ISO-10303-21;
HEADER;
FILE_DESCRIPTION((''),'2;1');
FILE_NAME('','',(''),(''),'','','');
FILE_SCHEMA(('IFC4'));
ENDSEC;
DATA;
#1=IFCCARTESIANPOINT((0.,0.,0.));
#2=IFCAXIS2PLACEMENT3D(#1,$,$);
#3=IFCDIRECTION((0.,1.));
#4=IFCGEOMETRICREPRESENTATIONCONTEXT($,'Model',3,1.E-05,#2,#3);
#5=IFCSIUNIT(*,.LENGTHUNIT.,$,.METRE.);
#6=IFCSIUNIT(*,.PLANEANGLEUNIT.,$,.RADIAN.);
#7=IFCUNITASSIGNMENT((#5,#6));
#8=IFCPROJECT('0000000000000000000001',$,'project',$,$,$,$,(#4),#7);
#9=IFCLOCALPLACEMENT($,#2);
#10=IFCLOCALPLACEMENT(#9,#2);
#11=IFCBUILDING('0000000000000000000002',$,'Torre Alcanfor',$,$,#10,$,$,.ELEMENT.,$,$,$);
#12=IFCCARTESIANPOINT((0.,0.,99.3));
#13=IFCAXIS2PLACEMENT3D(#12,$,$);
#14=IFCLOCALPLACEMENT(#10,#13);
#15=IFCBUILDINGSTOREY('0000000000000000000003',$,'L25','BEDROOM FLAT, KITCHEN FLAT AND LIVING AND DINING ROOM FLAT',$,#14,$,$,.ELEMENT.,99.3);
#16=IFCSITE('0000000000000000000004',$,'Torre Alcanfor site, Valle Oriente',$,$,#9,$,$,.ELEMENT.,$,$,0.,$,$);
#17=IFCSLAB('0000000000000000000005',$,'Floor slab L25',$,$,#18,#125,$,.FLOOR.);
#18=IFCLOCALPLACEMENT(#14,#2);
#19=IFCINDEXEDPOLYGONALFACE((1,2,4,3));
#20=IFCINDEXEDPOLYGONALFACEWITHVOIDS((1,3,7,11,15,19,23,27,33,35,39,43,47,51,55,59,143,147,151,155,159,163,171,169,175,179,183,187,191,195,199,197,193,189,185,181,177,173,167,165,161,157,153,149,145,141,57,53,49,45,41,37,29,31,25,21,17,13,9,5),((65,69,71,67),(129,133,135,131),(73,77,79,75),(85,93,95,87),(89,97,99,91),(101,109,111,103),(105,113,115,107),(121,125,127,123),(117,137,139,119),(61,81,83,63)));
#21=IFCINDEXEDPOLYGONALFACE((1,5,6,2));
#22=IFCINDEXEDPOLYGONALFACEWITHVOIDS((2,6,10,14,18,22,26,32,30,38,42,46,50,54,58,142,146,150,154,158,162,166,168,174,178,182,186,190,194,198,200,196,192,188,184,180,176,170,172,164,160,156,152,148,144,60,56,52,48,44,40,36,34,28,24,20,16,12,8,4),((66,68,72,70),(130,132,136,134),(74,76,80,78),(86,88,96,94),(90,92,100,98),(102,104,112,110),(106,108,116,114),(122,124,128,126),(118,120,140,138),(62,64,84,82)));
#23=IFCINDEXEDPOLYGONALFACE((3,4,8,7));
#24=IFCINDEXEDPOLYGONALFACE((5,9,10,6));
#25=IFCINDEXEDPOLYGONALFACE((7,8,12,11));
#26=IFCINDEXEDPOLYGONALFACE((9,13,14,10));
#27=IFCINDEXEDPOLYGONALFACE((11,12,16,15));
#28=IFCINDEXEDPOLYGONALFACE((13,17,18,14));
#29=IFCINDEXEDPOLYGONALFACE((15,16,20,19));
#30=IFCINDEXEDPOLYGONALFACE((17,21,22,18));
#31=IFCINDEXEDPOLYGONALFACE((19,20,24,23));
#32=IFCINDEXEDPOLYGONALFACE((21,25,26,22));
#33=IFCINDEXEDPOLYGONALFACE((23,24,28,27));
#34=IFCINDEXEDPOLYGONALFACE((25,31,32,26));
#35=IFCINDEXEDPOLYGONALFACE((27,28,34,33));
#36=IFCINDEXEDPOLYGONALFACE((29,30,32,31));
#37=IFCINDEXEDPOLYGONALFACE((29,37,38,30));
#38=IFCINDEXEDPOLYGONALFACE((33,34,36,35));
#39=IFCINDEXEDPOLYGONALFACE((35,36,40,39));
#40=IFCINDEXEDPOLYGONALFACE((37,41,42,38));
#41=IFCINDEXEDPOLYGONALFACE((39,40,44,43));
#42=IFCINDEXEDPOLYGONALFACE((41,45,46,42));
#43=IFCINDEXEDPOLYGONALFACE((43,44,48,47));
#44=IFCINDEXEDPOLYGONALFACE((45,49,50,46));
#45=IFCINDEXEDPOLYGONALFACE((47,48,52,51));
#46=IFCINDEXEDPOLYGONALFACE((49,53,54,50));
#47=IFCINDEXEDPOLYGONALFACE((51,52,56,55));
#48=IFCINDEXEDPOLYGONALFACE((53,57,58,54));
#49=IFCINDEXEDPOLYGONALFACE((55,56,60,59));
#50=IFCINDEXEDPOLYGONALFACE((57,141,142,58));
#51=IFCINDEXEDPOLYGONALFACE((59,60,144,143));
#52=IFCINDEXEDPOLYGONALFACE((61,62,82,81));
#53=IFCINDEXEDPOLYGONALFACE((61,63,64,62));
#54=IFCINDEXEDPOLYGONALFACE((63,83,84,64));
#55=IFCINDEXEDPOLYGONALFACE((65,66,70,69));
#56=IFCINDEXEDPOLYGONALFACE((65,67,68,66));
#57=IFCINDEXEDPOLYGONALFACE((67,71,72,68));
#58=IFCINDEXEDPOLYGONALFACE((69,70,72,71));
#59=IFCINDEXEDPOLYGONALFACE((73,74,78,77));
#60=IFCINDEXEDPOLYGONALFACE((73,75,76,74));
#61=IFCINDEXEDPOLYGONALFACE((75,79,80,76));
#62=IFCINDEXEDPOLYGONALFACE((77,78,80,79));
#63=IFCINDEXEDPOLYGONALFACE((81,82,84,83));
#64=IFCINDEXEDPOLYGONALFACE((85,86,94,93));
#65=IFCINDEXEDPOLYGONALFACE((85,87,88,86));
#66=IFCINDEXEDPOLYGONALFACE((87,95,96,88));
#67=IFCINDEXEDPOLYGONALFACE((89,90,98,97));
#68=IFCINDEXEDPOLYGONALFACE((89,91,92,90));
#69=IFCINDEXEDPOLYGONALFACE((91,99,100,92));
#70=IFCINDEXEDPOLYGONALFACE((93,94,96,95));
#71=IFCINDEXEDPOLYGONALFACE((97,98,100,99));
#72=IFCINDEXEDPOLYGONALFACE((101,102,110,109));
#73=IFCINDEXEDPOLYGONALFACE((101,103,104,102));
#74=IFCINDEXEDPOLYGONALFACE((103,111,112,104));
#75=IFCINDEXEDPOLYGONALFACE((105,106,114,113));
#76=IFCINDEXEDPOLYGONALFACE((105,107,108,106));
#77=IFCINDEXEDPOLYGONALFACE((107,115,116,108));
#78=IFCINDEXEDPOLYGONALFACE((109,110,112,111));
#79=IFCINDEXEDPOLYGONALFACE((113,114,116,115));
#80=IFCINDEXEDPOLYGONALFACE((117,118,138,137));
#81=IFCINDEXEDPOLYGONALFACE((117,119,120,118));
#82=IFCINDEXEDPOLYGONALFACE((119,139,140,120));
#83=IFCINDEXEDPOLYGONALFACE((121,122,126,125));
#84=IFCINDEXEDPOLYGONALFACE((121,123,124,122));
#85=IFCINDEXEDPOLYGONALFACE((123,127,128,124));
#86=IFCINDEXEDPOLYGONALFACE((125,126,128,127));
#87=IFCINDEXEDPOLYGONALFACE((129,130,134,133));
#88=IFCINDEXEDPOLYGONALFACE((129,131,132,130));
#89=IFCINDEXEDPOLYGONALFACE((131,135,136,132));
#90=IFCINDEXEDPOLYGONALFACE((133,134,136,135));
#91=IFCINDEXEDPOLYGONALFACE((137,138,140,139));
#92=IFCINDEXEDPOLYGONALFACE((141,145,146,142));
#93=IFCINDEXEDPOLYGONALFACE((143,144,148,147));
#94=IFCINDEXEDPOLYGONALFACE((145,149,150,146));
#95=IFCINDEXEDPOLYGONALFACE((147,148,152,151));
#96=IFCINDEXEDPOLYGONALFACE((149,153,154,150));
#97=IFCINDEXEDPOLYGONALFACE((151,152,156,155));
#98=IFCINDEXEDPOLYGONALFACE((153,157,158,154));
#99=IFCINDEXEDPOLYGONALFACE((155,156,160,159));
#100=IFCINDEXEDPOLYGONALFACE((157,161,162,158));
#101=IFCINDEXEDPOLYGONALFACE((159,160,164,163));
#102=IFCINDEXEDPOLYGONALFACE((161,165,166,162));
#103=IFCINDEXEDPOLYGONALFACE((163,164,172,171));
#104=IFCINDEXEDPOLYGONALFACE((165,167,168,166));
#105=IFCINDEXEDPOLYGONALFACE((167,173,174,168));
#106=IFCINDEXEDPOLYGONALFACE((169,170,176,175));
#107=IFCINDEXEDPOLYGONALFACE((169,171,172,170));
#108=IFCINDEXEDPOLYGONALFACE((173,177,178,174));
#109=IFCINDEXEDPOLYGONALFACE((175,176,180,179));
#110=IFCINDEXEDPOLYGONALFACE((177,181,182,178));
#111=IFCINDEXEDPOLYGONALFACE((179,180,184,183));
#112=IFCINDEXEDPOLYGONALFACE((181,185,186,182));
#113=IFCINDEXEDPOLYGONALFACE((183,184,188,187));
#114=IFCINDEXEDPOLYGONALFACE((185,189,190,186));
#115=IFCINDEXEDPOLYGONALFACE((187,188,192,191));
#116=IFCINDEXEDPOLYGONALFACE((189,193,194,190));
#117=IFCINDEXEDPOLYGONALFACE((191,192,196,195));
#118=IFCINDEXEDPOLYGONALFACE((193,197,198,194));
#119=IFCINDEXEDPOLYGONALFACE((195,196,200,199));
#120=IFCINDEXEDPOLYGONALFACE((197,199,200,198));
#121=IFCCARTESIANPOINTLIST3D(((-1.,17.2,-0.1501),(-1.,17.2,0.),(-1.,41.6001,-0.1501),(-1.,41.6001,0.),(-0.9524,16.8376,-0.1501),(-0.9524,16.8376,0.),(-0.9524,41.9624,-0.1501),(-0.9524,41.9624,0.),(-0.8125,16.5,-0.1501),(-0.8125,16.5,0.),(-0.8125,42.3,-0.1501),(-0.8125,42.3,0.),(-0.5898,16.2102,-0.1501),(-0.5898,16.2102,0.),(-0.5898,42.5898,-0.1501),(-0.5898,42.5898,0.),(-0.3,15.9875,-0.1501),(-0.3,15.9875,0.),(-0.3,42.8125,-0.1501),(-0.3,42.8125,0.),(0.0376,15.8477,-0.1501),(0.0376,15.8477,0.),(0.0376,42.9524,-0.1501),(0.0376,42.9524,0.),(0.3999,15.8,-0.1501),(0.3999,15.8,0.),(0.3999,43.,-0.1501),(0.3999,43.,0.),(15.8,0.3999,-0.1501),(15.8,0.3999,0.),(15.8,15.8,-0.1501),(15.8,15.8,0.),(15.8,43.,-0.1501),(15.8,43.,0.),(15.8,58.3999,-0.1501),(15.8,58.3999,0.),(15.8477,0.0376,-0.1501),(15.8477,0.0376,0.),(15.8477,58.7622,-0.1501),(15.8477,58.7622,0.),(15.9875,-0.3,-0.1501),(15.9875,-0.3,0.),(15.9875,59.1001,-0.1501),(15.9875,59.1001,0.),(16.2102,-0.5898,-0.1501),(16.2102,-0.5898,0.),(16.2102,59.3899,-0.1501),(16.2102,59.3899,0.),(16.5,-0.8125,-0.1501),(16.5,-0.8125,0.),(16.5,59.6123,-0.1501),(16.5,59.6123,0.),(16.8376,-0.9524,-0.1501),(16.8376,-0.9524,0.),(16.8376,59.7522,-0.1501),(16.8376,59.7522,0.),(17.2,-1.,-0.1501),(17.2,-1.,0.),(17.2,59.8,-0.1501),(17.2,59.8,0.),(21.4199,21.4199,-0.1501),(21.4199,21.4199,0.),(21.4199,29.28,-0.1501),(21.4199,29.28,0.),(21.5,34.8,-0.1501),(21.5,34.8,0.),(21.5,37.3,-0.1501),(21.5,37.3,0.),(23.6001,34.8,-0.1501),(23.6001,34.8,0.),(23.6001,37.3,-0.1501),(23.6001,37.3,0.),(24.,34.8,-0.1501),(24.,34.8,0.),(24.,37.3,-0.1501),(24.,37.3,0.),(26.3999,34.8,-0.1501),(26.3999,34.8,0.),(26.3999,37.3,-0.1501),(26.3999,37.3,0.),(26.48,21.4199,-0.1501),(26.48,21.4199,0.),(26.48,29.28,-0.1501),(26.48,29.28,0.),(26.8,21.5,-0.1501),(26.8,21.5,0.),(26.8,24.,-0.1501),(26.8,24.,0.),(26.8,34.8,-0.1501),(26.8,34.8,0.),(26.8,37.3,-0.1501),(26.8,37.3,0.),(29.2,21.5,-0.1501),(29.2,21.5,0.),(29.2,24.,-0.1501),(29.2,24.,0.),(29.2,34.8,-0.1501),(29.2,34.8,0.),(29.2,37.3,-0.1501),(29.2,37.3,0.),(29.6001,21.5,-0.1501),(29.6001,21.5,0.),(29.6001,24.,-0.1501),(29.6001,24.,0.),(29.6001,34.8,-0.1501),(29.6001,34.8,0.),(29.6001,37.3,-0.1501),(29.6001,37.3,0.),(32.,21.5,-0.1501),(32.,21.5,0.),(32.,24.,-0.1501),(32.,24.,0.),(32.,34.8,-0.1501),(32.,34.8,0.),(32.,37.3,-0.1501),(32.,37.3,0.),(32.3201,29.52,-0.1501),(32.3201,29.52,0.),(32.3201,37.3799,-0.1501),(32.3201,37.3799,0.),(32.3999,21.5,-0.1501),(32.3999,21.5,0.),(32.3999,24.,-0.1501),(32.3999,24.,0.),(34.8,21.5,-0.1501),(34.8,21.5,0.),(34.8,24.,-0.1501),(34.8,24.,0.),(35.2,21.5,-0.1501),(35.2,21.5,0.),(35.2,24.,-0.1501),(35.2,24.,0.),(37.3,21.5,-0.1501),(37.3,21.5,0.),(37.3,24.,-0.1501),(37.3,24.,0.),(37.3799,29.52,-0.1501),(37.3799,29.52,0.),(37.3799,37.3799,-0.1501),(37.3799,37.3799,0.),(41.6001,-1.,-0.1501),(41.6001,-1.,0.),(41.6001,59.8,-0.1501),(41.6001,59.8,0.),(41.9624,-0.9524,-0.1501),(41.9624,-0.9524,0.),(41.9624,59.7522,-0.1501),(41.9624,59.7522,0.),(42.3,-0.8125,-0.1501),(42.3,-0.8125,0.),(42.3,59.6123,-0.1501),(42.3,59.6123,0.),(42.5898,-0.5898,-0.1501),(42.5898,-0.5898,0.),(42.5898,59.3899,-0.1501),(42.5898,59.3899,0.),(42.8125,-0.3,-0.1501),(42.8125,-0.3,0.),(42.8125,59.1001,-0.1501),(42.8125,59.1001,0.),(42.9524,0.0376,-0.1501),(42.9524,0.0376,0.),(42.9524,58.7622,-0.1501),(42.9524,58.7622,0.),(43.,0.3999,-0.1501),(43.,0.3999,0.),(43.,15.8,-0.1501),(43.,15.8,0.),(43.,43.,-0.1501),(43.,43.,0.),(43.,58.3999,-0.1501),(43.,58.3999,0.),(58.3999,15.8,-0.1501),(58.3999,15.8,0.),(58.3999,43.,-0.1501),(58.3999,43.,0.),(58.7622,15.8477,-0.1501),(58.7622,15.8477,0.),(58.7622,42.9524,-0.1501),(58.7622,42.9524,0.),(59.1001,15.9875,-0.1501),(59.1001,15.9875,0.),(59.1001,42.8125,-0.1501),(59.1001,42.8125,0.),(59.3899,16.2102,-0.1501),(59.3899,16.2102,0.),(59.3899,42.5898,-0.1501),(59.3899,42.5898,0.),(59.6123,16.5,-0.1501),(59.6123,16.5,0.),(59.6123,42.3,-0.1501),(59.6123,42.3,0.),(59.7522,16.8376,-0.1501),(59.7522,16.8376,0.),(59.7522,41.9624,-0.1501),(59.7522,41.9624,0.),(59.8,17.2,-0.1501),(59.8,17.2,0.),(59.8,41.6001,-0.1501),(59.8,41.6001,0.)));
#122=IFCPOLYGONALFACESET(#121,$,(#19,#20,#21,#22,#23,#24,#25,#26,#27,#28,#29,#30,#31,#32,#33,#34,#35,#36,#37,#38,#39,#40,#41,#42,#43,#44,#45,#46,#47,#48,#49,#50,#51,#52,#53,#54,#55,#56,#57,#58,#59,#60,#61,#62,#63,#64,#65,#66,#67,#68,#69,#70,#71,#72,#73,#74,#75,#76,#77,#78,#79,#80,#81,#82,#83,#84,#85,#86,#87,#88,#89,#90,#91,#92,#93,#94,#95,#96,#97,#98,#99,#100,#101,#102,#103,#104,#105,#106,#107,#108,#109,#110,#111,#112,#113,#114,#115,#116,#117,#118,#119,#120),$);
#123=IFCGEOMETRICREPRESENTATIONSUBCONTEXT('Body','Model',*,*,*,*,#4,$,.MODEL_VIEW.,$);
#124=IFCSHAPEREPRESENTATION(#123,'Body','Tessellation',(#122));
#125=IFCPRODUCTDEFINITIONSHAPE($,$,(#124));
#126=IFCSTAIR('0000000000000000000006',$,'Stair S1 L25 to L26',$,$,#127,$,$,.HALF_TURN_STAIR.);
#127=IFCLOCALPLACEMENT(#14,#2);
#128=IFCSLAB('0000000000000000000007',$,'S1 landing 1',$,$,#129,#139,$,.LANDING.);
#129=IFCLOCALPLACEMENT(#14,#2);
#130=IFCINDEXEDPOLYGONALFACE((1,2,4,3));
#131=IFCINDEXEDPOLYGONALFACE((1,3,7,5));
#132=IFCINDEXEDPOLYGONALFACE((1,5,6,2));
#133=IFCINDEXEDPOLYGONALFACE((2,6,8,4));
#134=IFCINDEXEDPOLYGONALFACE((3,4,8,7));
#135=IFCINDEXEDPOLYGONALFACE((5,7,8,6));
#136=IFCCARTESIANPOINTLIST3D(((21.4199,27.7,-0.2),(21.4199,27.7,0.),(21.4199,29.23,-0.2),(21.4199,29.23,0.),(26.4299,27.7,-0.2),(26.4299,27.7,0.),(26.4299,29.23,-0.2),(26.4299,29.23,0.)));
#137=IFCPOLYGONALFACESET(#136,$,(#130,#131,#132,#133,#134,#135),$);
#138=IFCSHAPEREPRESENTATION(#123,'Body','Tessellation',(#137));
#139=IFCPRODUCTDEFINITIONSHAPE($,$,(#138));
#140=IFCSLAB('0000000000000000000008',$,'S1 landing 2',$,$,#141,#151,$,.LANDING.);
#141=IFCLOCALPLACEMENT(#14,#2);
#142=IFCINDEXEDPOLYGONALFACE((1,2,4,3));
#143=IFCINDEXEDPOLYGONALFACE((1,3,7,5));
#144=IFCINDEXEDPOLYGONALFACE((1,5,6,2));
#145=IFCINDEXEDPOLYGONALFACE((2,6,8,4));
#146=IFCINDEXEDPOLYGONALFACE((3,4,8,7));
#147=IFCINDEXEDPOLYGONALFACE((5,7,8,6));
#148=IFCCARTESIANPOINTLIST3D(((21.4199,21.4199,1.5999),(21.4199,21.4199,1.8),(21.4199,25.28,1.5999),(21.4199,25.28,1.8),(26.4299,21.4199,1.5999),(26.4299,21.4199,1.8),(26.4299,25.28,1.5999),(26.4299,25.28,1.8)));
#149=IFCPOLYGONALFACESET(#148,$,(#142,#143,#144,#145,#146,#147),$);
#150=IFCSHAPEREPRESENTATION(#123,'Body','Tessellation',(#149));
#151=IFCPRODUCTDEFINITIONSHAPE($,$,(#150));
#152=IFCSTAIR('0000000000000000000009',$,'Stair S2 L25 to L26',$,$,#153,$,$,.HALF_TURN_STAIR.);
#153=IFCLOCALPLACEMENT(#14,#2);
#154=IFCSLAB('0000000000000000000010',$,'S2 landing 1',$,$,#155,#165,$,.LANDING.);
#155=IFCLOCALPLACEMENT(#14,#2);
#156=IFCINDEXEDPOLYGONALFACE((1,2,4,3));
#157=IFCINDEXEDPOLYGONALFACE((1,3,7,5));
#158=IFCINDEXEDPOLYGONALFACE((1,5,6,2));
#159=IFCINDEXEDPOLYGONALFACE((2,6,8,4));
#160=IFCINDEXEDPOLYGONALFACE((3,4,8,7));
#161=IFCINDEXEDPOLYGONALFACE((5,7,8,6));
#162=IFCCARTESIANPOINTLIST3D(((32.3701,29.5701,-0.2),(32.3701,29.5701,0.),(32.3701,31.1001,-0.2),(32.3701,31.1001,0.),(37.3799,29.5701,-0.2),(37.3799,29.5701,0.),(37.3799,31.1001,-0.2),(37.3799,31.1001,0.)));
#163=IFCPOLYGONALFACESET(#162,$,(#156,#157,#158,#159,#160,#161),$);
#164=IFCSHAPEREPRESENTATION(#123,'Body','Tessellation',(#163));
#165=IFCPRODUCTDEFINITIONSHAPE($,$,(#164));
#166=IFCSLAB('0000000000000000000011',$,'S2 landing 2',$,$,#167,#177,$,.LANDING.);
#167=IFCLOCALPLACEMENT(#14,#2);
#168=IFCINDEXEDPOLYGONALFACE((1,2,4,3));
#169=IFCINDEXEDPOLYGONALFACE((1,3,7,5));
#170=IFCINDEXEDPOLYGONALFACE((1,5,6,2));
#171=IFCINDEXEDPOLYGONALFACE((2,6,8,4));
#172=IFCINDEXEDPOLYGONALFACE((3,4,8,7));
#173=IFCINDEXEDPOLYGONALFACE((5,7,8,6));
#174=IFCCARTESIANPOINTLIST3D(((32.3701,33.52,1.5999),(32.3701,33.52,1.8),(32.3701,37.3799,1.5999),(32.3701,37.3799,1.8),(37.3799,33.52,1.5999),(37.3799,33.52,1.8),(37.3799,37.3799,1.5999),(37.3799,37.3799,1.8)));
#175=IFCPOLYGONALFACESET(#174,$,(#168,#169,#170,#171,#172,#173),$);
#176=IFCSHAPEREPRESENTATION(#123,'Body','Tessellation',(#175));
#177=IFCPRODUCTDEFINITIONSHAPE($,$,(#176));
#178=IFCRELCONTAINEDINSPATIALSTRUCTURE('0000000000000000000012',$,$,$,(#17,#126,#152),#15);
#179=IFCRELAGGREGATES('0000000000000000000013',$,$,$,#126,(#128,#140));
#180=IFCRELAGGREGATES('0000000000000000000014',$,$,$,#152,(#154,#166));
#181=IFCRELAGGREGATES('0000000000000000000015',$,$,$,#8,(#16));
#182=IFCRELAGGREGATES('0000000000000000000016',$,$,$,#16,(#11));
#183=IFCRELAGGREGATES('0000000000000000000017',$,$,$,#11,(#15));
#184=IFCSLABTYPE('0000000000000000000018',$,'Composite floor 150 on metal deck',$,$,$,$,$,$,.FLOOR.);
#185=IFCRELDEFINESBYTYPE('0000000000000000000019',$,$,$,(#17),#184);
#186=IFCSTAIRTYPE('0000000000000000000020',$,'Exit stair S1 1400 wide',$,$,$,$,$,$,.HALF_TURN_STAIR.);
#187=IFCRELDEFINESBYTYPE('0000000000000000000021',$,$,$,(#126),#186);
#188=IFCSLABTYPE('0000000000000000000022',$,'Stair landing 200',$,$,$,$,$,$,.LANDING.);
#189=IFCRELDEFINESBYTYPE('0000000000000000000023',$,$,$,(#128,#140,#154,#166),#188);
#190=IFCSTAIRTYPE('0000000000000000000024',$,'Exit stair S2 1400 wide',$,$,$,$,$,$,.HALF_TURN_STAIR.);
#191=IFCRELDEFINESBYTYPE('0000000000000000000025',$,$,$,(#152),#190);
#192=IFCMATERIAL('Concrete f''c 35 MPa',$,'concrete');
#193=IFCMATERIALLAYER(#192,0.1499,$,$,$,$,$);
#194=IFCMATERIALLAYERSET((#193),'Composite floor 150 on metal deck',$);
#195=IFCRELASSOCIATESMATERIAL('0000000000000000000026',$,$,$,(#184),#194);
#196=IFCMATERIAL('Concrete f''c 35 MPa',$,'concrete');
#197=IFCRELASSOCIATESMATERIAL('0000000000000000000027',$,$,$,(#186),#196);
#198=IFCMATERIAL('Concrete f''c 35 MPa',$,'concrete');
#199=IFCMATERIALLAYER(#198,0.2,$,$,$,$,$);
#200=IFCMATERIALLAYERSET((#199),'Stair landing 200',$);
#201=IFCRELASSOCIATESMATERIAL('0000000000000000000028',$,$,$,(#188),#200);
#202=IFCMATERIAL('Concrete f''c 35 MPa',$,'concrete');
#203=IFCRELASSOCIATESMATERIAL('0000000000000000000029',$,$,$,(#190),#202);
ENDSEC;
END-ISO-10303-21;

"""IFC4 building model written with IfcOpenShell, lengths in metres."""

from ifc_helpers import new_model, si_unit, direction, frame, origin, place, context, subcontext, project, spatial, polyline, outline, extrude, material, layer, layer_set, type_object, element, aggregate, save


model = new_model("IFC4")

# Units and contexts
model_context = context("Model", 3, precision=1e-05, world=origin(), true_north=direction((0.0, 1.0)))
body_context = subcontext(model_context, "Body", "Model", "MODEL_VIEW")
ifc_project = project(units=[si_unit("LENGTHUNIT", "METRE"), si_unit("PLANEANGLEUNIT", "RADIAN")], contexts=[model_context])

# Site, building, storey
site_placement = place(None, origin())
site = spatial("IfcSite", under=ifc_project, at=site_placement, Name="Torre Alcanfor site, Valle Oriente", CompositionType="ELEMENT", RefElevation=0.0)
building_placement = place(site_placement, origin())
building = spatial("IfcBuilding", under=site, at=building_placement, Name="Torre Alcanfor", CompositionType="ELEMENT")
storey_placement = place(building_placement, frame((0.0, 0.0, 99.3)))
storey = spatial("IfcBuildingStorey", under=building, at=storey_placement, Name="L25", Description="BEDROOM FLAT, KITCHEN FLAT AND LIVING AND DINING ROOM FLAT", CompositionType="ELEMENT", Elevation=99.3)

# Slab
ifc_material_1 = material(Name="Concrete f'c 35 MPa", Category="concrete")
ifc_layer_1 = layer(ifc_material_1, 0.1499)
ifc_layer_set_1 = layer_set([ifc_layer_1], Name="Composite floor 150 on metal deck")
slab_type_1 = type_object("IfcSlabType", Name="Composite floor 150 on metal deck", PredefinedType="FLOOR", material=ifc_layer_set_1)
slab_1_placement = place(storey_placement, frame((0.0, 0.0, -0.1501)))
element("IfcSlab", 1, at=slab_1_placement, inside=storey, type_object=slab_type_1, Name="Floor slab L25", PredefinedType="FLOOR", context=body_context, shape_type="SweptSolid", body=[
    extrude(outline(polyline([(15.8, 43.0), (0.3999, 43.0), (0.0376, 42.9524), (-0.3, 42.8125), (-0.5898, 42.5898), (-0.8125, 42.3), (-0.9524, 41.9624), (-1.0, 41.6001), (-1.0, 17.2), (-0.9524, 16.8376), (-0.8125, 16.5), (-0.5898, 16.2102), (-0.3, 15.9875), (0.0376, 15.8477), (0.3999, 15.8), (15.8, 15.8), (15.8, 0.3999), (15.8477, 0.0376), (15.9875, -0.3), (16.2102, -0.5898), (16.5, -0.8125), (16.8376, -0.9524), (17.2, -1.0), (41.6001, -1.0), (41.9624, -0.9524), (42.3, -0.8125), (42.5898, -0.5898), (42.8125, -0.3), (42.9524, 0.0376), (43.0, 0.3999), (43.0, 15.8), (58.3999, 15.8), (58.7622, 15.8477), (59.1001, 15.9875), (59.3899, 16.2102), (59.6123, 16.5), (59.7522, 16.8376), (59.8, 17.2), (59.8, 41.6001), (59.7522, 41.9624), (59.6123, 42.3), (59.3899, 42.5898), (59.1001, 42.8125), (58.7622, 42.9524), (58.3999, 43.0), (43.0, 43.0), (43.0, 58.3999), (42.9524, 58.7622), (42.8125, 59.1001), (42.5898, 59.3899), (42.3, 59.6123), (41.9624, 59.7522), (41.6001, 59.8), (17.2, 59.8), (16.8376, 59.7522), (16.5, 59.6123), (16.2102, 59.3899), (15.9875, 59.1001), (15.8477, 58.7622), (15.8, 58.3999), (15.8, 43.0)]), holes=[polyline([(21.4199, 21.4199), (26.48, 21.4199), (26.48, 29.28), (21.4199, 29.28), (21.4199, 21.4199)]), polyline([(32.3201, 29.52), (37.3799, 29.52), (37.3799, 37.3799), (32.3201, 37.3799), (32.3201, 29.52)]), polyline([(26.8, 21.5), (29.2, 21.5), (29.2, 24.0), (26.8, 24.0), (26.8, 21.5)]), polyline([(29.6001, 21.5), (32.0, 21.5), (32.0, 24.0), (29.6001, 24.0), (29.6001, 21.5)]), polyline([(32.3999, 21.5), (34.8, 21.5), (34.8, 24.0), (32.3999, 24.0), (32.3999, 21.5)]), polyline([(35.2, 21.5), (37.3, 21.5), (37.3, 24.0), (35.2, 24.0), (35.2, 21.5)]), polyline([(21.5, 34.8), (23.6001, 34.8), (23.6001, 37.3), (21.5, 37.3), (21.5, 34.8)]), polyline([(24.0, 34.8), (26.3999, 34.8), (26.3999, 37.3), (24.0, 37.3), (24.0, 34.8)]), polyline([(26.8, 34.8), (29.2, 34.8), (29.2, 37.3), (26.8, 37.3), (26.8, 34.8)]), polyline([(29.6001, 34.8), (32.0, 34.8), (32.0, 37.3), (29.6001, 37.3), (29.6001, 34.8)])]), origin(), (0.0, 0.0, 1.0), 0.1501),
])

# Stairs, slabs
ifc_material_2 = material(Name="Concrete f'c 35 MPa", Category="concrete")
stair_type_1 = type_object("IfcStairType", Name="Exit stair S1 1400 wide", PredefinedType="HALF_TURN_STAIR", material=ifc_material_2)
stair_1_placement = place(storey_placement, origin())
stair_1 = element("IfcStair", 2, at=stair_1_placement, inside=storey, type_object=stair_type_1, Name="Stair S1 L25 to L26", PredefinedType="HALF_TURN_STAIR")
ifc_material_3 = material(Name="Concrete f'c 35 MPa", Category="concrete")
ifc_layer_2 = layer(ifc_material_3, 0.2)
ifc_layer_set_2 = layer_set([ifc_layer_2], Name="Stair landing 200")
slab_type_2 = type_object("IfcSlabType", Name="Stair landing 200", PredefinedType="LANDING", material=ifc_layer_set_2)
slab_2_placement = place(storey_placement, frame((0.0, 0.0, -0.2)))
slab_2 = element("IfcSlab", 3, at=slab_2_placement, type_object=slab_type_2, Name="S1 landing 1", PredefinedType="LANDING", context=body_context, shape_type="SweptSolid", body=[
    extrude(outline(polyline([(21.4199, 27.7), (26.4299, 27.7), (26.4299, 29.23), (21.4199, 29.23), (21.4199, 27.7)])), origin(), (0.0, 0.0, 1.0), 0.2),
])
slab_3_placement = place(storey_placement, frame((0.0, 0.0, 1.5999)))
slab_3 = element("IfcSlab", 4, at=slab_3_placement, type_object=slab_type_2, Name="S1 landing 2", PredefinedType="LANDING", context=body_context, shape_type="SweptSolid", body=[
    extrude(outline(polyline([(21.4199, 21.4199), (26.4299, 21.4199), (26.4299, 25.28), (21.4199, 25.28), (21.4199, 21.4199)])), origin(), (0.0, 0.0, 1.0), 0.2002),
])
aggregate(stair_1, [slab_2, slab_3])
ifc_material_4 = material(Name="Concrete f'c 35 MPa", Category="concrete")
stair_type_2 = type_object("IfcStairType", Name="Exit stair S2 1400 wide", PredefinedType="HALF_TURN_STAIR", material=ifc_material_4)
stair_2_placement = place(storey_placement, origin())
stair_2 = element("IfcStair", 5, at=stair_2_placement, inside=storey, type_object=stair_type_2, Name="Stair S2 L25 to L26", PredefinedType="HALF_TURN_STAIR")
slab_4_placement = place(storey_placement, frame((0.0, 0.0, -0.2)))
slab_4 = element("IfcSlab", 6, at=slab_4_placement, type_object=slab_type_2, Name="S2 landing 1", PredefinedType="LANDING", context=body_context, shape_type="SweptSolid", body=[
    extrude(outline(polyline([(32.3701, 29.5701), (37.3799, 29.5701), (37.3799, 31.1001), (32.3701, 31.1001), (32.3701, 29.5701)])), origin(), (0.0, 0.0, 1.0), 0.2),
])
slab_5_placement = place(storey_placement, frame((0.0, 0.0, 1.5999)))
slab_5 = element("IfcSlab", 7, at=slab_5_placement, type_object=slab_type_2, Name="S2 landing 2", PredefinedType="LANDING", context=body_context, shape_type="SweptSolid", body=[
    extrude(outline(polyline([(32.3701, 33.52), (37.3799, 33.52), (37.3799, 37.3799), (32.3701, 37.3799), (32.3701, 33.52)])), origin(), (0.0, 0.0, 1.0), 0.2002),
])
aggregate(stair_2, [slab_4, slab_5])

save(model, "model.ifc")
